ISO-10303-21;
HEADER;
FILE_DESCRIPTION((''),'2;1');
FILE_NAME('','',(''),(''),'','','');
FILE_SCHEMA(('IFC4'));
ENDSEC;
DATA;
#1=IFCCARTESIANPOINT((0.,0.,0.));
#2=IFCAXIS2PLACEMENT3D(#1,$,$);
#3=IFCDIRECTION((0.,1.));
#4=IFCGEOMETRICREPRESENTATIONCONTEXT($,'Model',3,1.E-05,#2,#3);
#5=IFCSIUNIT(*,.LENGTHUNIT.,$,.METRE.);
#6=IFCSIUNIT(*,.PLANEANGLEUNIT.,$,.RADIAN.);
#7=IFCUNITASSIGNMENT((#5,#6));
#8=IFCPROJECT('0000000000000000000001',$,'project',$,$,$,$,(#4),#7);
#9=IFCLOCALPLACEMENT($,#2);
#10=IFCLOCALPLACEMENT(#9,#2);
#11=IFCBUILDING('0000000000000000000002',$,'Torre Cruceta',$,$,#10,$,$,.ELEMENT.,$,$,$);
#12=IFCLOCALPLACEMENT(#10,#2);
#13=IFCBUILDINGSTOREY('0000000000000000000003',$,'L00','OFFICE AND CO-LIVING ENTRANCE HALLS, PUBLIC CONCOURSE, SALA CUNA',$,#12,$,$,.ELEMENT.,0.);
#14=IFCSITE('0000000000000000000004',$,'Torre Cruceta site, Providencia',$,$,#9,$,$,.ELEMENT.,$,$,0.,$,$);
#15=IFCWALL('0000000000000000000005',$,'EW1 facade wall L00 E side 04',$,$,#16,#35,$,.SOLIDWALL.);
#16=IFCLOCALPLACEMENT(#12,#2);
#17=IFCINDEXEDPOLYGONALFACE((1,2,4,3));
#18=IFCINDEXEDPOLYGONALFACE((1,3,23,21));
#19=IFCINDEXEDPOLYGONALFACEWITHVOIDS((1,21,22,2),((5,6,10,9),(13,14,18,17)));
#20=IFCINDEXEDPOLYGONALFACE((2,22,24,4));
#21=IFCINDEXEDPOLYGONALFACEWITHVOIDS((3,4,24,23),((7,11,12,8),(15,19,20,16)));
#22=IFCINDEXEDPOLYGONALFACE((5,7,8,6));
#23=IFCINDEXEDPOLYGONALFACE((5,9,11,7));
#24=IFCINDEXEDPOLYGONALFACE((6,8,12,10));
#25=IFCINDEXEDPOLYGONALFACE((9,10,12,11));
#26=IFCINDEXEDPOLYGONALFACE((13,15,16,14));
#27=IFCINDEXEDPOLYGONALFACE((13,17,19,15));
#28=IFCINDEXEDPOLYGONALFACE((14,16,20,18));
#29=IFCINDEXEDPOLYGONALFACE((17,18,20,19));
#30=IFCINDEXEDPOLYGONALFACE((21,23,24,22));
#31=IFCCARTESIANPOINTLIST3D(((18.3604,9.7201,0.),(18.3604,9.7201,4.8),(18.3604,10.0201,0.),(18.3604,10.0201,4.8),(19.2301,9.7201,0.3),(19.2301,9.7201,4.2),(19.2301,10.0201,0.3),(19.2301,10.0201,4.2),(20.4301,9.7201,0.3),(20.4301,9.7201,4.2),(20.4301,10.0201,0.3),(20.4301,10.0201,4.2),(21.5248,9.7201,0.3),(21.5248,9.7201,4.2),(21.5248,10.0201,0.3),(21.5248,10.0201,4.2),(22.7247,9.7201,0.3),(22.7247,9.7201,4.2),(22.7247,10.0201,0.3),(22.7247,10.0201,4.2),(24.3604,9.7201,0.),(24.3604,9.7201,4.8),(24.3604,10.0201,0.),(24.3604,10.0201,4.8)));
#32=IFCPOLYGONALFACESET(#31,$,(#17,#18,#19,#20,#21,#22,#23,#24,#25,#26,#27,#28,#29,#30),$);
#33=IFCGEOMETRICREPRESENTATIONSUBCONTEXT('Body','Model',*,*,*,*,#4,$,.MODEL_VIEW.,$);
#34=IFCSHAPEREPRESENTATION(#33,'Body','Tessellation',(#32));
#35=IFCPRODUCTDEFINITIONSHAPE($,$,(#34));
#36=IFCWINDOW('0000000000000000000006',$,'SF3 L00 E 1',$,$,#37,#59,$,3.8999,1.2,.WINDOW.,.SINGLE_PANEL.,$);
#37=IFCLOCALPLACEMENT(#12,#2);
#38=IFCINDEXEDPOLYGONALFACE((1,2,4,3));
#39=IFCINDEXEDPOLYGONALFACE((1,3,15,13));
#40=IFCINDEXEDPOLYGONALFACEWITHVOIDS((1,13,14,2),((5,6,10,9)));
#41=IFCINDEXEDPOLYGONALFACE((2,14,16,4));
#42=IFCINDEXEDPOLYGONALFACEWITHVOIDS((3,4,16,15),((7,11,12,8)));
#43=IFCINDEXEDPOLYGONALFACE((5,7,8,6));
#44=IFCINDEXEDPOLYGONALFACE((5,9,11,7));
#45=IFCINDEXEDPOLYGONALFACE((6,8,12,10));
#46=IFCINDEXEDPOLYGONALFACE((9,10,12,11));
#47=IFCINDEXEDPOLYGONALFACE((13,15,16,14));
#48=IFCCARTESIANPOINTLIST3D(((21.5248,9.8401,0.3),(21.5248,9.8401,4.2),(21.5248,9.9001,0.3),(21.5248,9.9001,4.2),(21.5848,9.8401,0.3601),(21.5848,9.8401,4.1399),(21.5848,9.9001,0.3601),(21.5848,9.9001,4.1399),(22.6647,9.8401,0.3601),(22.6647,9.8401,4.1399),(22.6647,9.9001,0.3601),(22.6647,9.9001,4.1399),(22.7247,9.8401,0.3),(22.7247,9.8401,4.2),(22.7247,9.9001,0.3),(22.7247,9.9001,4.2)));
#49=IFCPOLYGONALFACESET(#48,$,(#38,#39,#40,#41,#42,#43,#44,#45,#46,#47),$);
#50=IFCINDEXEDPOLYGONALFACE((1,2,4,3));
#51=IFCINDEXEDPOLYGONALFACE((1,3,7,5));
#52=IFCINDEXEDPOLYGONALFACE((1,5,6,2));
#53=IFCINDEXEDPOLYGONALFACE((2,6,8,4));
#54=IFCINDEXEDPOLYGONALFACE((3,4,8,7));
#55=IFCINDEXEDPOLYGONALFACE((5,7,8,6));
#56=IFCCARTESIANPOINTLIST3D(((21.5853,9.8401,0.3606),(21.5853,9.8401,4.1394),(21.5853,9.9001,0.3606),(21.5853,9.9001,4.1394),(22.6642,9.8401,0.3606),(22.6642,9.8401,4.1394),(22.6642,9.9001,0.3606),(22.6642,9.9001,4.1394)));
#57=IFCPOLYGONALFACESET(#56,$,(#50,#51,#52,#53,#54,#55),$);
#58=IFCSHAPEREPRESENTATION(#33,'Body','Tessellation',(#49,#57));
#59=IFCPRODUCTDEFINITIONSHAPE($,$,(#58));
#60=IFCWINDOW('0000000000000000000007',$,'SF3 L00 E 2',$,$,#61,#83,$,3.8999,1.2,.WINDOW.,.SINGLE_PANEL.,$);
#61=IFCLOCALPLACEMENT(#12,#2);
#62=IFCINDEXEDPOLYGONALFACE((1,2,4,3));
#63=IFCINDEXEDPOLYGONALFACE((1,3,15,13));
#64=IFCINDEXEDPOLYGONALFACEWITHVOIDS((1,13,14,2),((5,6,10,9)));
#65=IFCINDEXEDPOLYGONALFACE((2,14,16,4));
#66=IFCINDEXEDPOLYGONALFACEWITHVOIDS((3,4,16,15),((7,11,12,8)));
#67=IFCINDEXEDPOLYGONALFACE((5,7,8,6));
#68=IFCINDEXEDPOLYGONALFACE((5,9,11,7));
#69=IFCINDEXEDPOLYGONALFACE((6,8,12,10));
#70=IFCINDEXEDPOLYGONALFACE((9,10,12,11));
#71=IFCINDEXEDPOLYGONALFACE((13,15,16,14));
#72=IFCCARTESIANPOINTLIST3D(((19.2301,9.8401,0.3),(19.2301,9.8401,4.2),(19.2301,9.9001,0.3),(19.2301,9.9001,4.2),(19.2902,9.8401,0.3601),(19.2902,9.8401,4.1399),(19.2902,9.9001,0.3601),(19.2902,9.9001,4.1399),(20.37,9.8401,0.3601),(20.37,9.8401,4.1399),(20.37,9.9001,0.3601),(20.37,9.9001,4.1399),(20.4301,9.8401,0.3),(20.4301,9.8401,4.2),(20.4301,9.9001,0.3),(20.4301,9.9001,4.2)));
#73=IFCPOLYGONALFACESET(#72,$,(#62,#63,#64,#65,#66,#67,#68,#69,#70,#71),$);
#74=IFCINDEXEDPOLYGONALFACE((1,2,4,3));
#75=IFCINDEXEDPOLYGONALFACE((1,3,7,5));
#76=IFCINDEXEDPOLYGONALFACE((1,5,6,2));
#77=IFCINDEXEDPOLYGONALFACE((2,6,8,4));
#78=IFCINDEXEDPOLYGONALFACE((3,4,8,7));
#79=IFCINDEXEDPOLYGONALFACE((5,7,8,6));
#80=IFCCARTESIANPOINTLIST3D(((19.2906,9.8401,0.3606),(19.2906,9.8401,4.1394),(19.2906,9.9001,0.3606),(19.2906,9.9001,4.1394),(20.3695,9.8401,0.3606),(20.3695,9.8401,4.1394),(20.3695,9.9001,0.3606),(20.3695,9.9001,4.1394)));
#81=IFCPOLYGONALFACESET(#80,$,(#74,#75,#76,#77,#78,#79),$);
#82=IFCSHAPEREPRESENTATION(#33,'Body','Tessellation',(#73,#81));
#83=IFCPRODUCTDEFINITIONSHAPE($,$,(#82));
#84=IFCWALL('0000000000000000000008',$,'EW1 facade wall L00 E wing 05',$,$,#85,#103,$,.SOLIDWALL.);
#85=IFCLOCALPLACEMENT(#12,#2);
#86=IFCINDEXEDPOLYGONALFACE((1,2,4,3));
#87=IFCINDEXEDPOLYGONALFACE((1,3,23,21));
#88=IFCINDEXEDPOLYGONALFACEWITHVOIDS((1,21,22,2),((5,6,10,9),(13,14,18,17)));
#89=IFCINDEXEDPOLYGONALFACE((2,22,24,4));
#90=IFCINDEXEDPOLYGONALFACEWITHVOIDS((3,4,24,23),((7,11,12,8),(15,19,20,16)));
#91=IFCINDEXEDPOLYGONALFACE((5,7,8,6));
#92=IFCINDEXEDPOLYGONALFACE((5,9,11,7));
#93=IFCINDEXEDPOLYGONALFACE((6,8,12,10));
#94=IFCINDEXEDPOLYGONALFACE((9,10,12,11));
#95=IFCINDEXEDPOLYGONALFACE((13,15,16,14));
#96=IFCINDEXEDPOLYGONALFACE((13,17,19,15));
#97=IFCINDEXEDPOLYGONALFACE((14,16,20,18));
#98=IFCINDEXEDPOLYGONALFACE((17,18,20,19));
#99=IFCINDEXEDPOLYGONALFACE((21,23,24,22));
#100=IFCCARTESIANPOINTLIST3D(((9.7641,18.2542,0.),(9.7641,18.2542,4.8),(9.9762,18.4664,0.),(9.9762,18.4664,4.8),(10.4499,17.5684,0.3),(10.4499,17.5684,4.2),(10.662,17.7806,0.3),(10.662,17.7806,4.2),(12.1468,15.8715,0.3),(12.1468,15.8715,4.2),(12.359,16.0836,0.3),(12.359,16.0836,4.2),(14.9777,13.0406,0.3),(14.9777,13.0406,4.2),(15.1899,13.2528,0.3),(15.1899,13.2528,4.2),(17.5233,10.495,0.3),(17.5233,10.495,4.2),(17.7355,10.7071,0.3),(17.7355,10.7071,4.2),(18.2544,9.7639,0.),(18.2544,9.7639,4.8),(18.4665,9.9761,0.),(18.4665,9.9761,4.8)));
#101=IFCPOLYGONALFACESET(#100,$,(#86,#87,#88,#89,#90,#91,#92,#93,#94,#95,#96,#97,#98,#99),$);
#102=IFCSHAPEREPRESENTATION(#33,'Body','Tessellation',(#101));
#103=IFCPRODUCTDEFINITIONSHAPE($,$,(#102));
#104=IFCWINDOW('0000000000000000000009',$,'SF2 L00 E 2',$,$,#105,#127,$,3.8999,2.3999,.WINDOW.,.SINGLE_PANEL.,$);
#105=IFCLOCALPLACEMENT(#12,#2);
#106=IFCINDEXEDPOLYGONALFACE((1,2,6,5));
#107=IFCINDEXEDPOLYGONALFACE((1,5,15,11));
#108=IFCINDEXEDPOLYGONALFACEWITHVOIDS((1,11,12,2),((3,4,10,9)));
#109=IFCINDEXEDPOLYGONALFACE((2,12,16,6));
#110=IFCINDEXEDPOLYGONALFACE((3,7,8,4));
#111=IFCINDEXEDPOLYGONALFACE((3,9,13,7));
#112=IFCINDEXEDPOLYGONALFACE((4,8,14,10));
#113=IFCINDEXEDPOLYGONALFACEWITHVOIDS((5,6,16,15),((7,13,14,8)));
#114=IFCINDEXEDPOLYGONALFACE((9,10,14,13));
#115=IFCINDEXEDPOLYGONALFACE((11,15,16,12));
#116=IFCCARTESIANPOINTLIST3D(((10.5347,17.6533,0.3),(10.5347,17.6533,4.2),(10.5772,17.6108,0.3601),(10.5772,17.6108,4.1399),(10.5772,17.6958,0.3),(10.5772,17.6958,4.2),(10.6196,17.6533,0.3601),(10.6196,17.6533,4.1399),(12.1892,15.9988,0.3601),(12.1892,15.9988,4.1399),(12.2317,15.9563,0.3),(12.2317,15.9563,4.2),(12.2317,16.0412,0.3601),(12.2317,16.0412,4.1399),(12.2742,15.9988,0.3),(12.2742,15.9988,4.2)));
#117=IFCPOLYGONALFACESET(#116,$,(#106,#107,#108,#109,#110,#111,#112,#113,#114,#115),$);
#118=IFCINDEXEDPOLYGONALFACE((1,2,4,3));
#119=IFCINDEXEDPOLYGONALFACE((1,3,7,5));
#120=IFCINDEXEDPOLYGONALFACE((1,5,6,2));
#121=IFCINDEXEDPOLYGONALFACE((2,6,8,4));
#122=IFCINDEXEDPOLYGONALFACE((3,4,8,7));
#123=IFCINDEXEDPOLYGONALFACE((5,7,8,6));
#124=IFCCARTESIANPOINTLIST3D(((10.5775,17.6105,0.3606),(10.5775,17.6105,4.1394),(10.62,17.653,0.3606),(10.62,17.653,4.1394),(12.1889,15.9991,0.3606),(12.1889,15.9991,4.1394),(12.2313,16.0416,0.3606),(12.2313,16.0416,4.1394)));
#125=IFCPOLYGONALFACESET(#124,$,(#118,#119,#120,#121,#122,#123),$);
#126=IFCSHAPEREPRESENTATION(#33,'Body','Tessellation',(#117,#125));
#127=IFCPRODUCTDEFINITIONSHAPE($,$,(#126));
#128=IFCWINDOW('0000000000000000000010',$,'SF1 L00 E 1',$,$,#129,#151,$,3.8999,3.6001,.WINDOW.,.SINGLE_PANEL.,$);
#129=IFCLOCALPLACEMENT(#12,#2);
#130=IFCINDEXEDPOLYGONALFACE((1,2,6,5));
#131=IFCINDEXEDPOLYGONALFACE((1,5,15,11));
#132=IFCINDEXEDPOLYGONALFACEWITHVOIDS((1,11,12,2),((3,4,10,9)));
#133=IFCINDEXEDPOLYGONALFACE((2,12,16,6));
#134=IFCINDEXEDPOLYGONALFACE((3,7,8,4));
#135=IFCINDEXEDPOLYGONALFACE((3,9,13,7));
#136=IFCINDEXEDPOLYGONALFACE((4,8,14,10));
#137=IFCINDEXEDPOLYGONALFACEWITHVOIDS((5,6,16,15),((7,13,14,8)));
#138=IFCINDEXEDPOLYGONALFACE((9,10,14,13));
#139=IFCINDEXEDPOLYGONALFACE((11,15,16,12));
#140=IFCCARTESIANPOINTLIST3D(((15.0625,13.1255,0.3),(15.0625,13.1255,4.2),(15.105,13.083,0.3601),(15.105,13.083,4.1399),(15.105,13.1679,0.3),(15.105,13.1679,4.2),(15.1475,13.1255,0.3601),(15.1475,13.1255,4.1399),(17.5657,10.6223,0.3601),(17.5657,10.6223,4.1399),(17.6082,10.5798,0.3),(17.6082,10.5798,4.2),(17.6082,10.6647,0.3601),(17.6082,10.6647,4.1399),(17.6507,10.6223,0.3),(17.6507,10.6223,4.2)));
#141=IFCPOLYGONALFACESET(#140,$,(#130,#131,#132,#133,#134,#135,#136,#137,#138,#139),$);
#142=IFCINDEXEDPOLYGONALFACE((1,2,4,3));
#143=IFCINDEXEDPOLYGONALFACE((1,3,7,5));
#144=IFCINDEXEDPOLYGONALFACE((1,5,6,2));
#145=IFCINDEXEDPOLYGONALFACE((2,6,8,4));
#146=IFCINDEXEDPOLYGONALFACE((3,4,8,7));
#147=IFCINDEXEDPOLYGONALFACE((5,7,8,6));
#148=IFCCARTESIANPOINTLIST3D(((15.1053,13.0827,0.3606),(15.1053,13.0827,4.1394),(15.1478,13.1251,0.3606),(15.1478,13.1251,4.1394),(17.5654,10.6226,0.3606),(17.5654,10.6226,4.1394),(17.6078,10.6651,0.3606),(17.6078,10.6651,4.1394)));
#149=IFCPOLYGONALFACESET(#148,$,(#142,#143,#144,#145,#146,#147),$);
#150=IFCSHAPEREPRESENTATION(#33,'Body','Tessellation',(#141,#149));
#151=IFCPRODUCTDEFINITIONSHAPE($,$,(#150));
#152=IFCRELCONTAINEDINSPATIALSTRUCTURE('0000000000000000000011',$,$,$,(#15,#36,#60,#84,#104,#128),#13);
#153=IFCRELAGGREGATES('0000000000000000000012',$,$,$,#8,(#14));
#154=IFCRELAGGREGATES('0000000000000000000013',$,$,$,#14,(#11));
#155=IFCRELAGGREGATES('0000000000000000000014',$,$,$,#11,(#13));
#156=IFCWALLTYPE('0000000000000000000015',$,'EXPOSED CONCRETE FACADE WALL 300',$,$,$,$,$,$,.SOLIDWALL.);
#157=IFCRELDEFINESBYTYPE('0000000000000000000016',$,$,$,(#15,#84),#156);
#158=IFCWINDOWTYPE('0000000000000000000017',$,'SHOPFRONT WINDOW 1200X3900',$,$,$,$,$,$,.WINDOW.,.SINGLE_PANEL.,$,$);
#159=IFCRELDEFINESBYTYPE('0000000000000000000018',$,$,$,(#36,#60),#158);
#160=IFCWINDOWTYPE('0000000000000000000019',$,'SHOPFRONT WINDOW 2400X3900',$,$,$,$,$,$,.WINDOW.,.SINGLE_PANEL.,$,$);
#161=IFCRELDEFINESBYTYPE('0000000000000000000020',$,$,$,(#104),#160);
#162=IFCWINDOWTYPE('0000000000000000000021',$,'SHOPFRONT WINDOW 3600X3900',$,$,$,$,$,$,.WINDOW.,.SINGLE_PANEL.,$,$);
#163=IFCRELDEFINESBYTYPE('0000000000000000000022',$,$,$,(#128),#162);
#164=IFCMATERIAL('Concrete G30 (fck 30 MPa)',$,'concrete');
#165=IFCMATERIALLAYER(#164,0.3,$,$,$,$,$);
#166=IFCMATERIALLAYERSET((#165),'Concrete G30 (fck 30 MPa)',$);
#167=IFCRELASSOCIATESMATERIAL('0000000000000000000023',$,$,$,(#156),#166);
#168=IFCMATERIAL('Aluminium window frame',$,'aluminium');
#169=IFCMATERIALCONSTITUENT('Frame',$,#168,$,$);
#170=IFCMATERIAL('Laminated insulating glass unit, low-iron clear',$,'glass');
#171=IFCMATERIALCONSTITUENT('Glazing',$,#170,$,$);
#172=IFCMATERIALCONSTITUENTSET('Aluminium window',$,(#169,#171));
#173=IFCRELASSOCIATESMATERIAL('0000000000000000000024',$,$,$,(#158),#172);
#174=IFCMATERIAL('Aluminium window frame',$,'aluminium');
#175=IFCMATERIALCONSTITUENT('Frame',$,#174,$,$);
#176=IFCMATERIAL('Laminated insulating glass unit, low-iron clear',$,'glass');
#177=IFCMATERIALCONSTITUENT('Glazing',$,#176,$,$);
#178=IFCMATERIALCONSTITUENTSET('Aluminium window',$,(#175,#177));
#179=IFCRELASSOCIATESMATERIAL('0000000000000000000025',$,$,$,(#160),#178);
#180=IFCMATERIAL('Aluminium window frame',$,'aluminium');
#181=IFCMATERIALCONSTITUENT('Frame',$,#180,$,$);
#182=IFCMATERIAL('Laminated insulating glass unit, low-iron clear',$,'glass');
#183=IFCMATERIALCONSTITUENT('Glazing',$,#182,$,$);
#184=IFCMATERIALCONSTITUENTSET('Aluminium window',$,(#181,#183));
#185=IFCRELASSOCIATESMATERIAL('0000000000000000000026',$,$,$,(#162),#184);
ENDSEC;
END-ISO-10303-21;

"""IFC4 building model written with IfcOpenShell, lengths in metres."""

from ifc_helpers import new_model, si_unit, direction, frame, frame_2d, origin, place, context, subcontext, project, spatial, rectangle, hollow_rectangle, extrude, material, layer, layer_set, constituent, constituent_set, type_object, element, fill, save


model = new_model("IFC4")

# Units and contexts
model_context = context("Model", 3, precision=1e-05, world=origin(), true_north=direction((0.0, 1.0)))
body_context = subcontext(model_context, "Body", "Model", "MODEL_VIEW")
ifc_project = project(units=[si_unit("LENGTHUNIT", "METRE"), si_unit("PLANEANGLEUNIT", "RADIAN")], contexts=[model_context])

# Site, building, storey
site_placement = place(None, origin())
site = spatial("IfcSite", under=ifc_project, at=site_placement, Name="Torre Cruceta site, Providencia", CompositionType="ELEMENT", RefElevation=0.0)
building_placement = place(site_placement, origin())
building = spatial("IfcBuilding", under=site, at=building_placement, Name="Torre Cruceta", CompositionType="ELEMENT")
storey_placement = place(building_placement, origin())
storey = spatial("IfcBuildingStorey", under=building, at=storey_placement, Name="L00", Description="OFFICE AND CO-LIVING ENTRANCE HALLS, PUBLIC CONCOURSE, SALA CUNA", CompositionType="ELEMENT", Elevation=0.0)

# Walls, openings, windows
ifc_material_1 = material(Name="Concrete G30 (fck 30 MPa)", Category="concrete")
ifc_layer_1 = layer(ifc_material_1, 0.3)
ifc_layer_set_1 = layer_set([ifc_layer_1], Name="Concrete G30 (fck 30 MPa)")
wall_type_1 = type_object("IfcWallType", Name="EXPOSED CONCRETE FACADE WALL 300", PredefinedType="SOLIDWALL", material=ifc_layer_set_1)
wall_1_placement = place(storey_placement, frame((24.3604, 9.8701, 0.0), z_axis=(0.0, 0.0, 1.0), x_axis=(-1.0, 0.0, 0.0)))
wall_1 = element("IfcWall", 1, at=wall_1_placement, inside=storey, type_object=wall_type_1, Name="EW1 facade wall L00 E side 04", PredefinedType="SOLIDWALL", context=body_context, shape_type="SweptSolid", body=[
    extrude(rectangle(XDim=6.0, YDim=0.3, at=frame_2d((3.0, 0.0))), origin(), (0.0, 0.0, 1.0), 4.8),
])
opening_1_placement = place(wall_1_placement, frame((1.6355, 0.0, 0.3)))
opening_1 = element("IfcOpeningElement", 2, at=opening_1_placement, cuts=wall_1, PredefinedType="OPENING", context=body_context, shape_type="SweptSolid", body=[
    extrude(rectangle(XDim=1.2, YDim=3.8999, at=frame_2d((0.6001, 1.95))), frame((0.0, 0.1599, 0.0), z_axis=(0.0, -1.0, 0.0), x_axis=(1.0, 0.0, 0.0)), (0.0, 0.0, 1.0), 0.3201),
])
opening_2_placement = place(wall_1_placement, frame((3.9302, 0.0, 0.3)))
opening_2 = element("IfcOpeningElement", 3, at=opening_2_placement, cuts=wall_1, PredefinedType="OPENING", context=body_context, shape_type="SweptSolid", body=[
    extrude(rectangle(XDim=1.2, YDim=3.8999, at=frame_2d((0.6001, 1.95))), frame((0.0, 0.1599, 0.0), z_axis=(0.0, -1.0, 0.0), x_axis=(1.0, 0.0, 0.0)), (0.0, 0.0, 1.0), 0.3201),
])
ifc_material_2 = material(Name="Aluminium window frame", Category="aluminium")
ifc_constituent_1 = constituent(ifc_material_2, Name="Frame")
ifc_material_3 = material(Name="Laminated insulating glass unit, low-iron clear", Category="glass")
ifc_constituent_2 = constituent(ifc_material_3, Name="Glazing")
ifc_constituent_set_1 = constituent_set(constituents=[ifc_constituent_1, ifc_constituent_2], Name="Aluminium window")
window_type_1 = type_object("IfcWindowType", Name="SHOPFRONT WINDOW 1200X3900", PartitioningType="SINGLE_PANEL", PredefinedType="WINDOW", material=ifc_constituent_set_1)
window_1_placement = place(opening_1_placement, origin())
window_1 = element("IfcWindow", 4, at=window_1_placement, inside=storey, type_object=window_type_1, Name="SF3 L00 E 1", OverallHeight=3.8999, OverallWidth=1.2, PartitioningType="SINGLE_PANEL", PredefinedType="WINDOW", context=body_context, shape_type="SweptSolid", body=[
    extrude(hollow_rectangle(XDim=1.2, YDim=3.8999, WallThickness=0.0601, at=frame_2d((0.6001, 1.95))), frame((0.0, 0.03, 0.0), z_axis=(0.0, -1.0, 0.0), x_axis=(1.0, 0.0, 0.0)), (0.0, 0.0, 1.0), 0.0601),
    extrude(rectangle(XDim=1.0789, YDim=3.7788, at=frame_2d((0.6001, 1.95))), frame((0.0, 0.03, 0.0), z_axis=(0.0, -1.0, 0.0), x_axis=(1.0, 0.0, 0.0)), (0.0, 0.0, 1.0), 0.0601),
])
fill(opening_1, window_1)
window_2_placement = place(opening_2_placement, origin())
window_2 = element("IfcWindow", 5, at=window_2_placement, inside=storey, type_object=window_type_1, Name="SF3 L00 E 2", OverallHeight=3.8999, OverallWidth=1.2, PartitioningType="SINGLE_PANEL", PredefinedType="WINDOW", context=body_context, shape_type="SweptSolid", body=[
    extrude(hollow_rectangle(XDim=1.2, YDim=3.8999, WallThickness=0.0601, at=frame_2d((0.6001, 1.95))), frame((0.0, 0.03, 0.0), z_axis=(0.0, -1.0, 0.0), x_axis=(1.0, 0.0, 0.0)), (0.0, 0.0, 1.0), 0.0601),
    extrude(rectangle(XDim=1.0789, YDim=3.7788, at=frame_2d((0.6001, 1.95))), frame((0.0, 0.03, 0.0), z_axis=(0.0, -1.0, 0.0), x_axis=(1.0, 0.0, 0.0)), (0.0, 0.0, 1.0), 0.0601),
])
fill(opening_2, window_2)
wall_2_placement = place(storey_placement, frame((18.3604, 9.8701, 0.0), z_axis=(0.0, 0.0, 1.0), x_axis=(-0.707107, 0.707107, 0.0)))
wall_2 = element("IfcWall", 6, at=wall_2_placement, inside=storey, type_object=wall_type_1, Name="EW1 facade wall L00 E wing 05", PredefinedType="SOLIDWALL", context=body_context, shape_type="SweptSolid", body=[
    extrude(rectangle(XDim=12.0071, YDim=0.3, at=frame_2d((6.0034, 0.0))), origin(), (0.0, 0.0, 1.0), 4.8),
])
opening_3_placement = place(wall_2_placement, frame((1.0337, 0.0, 0.3)))
opening_3 = element("IfcOpeningElement", 7, at=opening_3_placement, cuts=wall_2, PredefinedType="OPENING", context=body_context, shape_type="SweptSolid", body=[
    extrude(rectangle(XDim=3.6001, YDim=3.8999, at=frame_2d((1.8, 1.95))), frame((0.0, 0.1599, 0.0), z_axis=(0.0, -1.0, 0.0), x_axis=(1.0, 0.0, 0.0)), (0.0, 0.0, 1.0), 0.3201),
])
opening_4_placement = place(wall_2_placement, frame((8.6372, 0.0, 0.3)))
opening_4 = element("IfcOpeningElement", 8, at=opening_4_placement, cuts=wall_2, PredefinedType="OPENING", context=body_context, shape_type="SweptSolid", body=[
    extrude(rectangle(XDim=2.3999, YDim=3.8999, at=frame_2d((1.2, 1.95))), frame((0.0, 0.1599, 0.0), z_axis=(0.0, -1.0, 0.0), x_axis=(1.0, 0.0, 0.0)), (0.0, 0.0, 1.0), 0.3201),
])
ifc_material_4 = material(Name="Aluminium window frame", Category="aluminium")
ifc_constituent_3 = constituent(ifc_material_4, Name="Frame")
ifc_material_5 = material(Name="Laminated insulating glass unit, low-iron clear", Category="glass")
ifc_constituent_4 = constituent(ifc_material_5, Name="Glazing")
ifc_constituent_set_2 = constituent_set(constituents=[ifc_constituent_3, ifc_constituent_4], Name="Aluminium window")
window_type_2 = type_object("IfcWindowType", Name="SHOPFRONT WINDOW 2400X3900", PartitioningType="SINGLE_PANEL", PredefinedType="WINDOW", material=ifc_constituent_set_2)
window_3_placement = place(opening_4_placement, origin())
window_3 = element("IfcWindow", 9, at=window_3_placement, inside=storey, type_object=window_type_2, Name="SF2 L00 E 2", OverallHeight=3.8999, OverallWidth=2.3999, PartitioningType="SINGLE_PANEL", PredefinedType="WINDOW", context=body_context, shape_type="SweptSolid", body=[
    extrude(hollow_rectangle(XDim=2.3999, YDim=3.8999, WallThickness=0.0601, at=frame_2d((1.2, 1.95))), frame((0.0, 0.03, 0.0), z_axis=(0.0, -1.0, 0.0), x_axis=(1.0, 0.0, 0.0)), (0.0, 0.0, 1.0), 0.0601),
    extrude(rectangle(XDim=2.2788, YDim=3.7788, at=frame_2d((1.2, 1.95))), frame((0.0, 0.03, 0.0), z_axis=(0.0, -1.0, 0.0), x_axis=(1.0, 0.0, 0.0)), (0.0, 0.0, 1.0), 0.0601),
])
fill(opening_4, window_3)
ifc_material_6 = material(Name="Aluminium window frame", Category="aluminium")
ifc_constituent_5 = constituent(ifc_material_6, Name="Frame")
ifc_material_7 = material(Name="Laminated insulating glass unit, low-iron clear", Category="glass")
ifc_constituent_6 = constituent(ifc_material_7, Name="Glazing")
ifc_constituent_set_3 = constituent_set(constituents=[ifc_constituent_5, ifc_constituent_6], Name="Aluminium window")
window_type_3 = type_object("IfcWindowType", Name="SHOPFRONT WINDOW 3600X3900", PartitioningType="SINGLE_PANEL", PredefinedType="WINDOW", material=ifc_constituent_set_3)
window_4_placement = place(opening_3_placement, origin())
window_4 = element("IfcWindow", 10, at=window_4_placement, inside=storey, type_object=window_type_3, Name="SF1 L00 E 1", OverallHeight=3.8999, OverallWidth=3.6001, PartitioningType="SINGLE_PANEL", PredefinedType="WINDOW", context=body_context, shape_type="SweptSolid", body=[
    extrude(hollow_rectangle(XDim=3.6001, YDim=3.8999, WallThickness=0.0601, at=frame_2d((1.8, 1.95))), frame((0.0, 0.03, 0.0), z_axis=(0.0, -1.0, 0.0), x_axis=(1.0, 0.0, 0.0)), (0.0, 0.0, 1.0), 0.0601),
    extrude(rectangle(XDim=3.479, YDim=3.7788, at=frame_2d((1.8, 1.95))), frame((0.0, 0.03, 0.0), z_axis=(0.0, -1.0, 0.0), x_axis=(1.0, 0.0, 0.0)), (0.0, 0.0, 1.0), 0.0601),
])
fill(opening_3, window_4)

save(model, "model.ifc")
